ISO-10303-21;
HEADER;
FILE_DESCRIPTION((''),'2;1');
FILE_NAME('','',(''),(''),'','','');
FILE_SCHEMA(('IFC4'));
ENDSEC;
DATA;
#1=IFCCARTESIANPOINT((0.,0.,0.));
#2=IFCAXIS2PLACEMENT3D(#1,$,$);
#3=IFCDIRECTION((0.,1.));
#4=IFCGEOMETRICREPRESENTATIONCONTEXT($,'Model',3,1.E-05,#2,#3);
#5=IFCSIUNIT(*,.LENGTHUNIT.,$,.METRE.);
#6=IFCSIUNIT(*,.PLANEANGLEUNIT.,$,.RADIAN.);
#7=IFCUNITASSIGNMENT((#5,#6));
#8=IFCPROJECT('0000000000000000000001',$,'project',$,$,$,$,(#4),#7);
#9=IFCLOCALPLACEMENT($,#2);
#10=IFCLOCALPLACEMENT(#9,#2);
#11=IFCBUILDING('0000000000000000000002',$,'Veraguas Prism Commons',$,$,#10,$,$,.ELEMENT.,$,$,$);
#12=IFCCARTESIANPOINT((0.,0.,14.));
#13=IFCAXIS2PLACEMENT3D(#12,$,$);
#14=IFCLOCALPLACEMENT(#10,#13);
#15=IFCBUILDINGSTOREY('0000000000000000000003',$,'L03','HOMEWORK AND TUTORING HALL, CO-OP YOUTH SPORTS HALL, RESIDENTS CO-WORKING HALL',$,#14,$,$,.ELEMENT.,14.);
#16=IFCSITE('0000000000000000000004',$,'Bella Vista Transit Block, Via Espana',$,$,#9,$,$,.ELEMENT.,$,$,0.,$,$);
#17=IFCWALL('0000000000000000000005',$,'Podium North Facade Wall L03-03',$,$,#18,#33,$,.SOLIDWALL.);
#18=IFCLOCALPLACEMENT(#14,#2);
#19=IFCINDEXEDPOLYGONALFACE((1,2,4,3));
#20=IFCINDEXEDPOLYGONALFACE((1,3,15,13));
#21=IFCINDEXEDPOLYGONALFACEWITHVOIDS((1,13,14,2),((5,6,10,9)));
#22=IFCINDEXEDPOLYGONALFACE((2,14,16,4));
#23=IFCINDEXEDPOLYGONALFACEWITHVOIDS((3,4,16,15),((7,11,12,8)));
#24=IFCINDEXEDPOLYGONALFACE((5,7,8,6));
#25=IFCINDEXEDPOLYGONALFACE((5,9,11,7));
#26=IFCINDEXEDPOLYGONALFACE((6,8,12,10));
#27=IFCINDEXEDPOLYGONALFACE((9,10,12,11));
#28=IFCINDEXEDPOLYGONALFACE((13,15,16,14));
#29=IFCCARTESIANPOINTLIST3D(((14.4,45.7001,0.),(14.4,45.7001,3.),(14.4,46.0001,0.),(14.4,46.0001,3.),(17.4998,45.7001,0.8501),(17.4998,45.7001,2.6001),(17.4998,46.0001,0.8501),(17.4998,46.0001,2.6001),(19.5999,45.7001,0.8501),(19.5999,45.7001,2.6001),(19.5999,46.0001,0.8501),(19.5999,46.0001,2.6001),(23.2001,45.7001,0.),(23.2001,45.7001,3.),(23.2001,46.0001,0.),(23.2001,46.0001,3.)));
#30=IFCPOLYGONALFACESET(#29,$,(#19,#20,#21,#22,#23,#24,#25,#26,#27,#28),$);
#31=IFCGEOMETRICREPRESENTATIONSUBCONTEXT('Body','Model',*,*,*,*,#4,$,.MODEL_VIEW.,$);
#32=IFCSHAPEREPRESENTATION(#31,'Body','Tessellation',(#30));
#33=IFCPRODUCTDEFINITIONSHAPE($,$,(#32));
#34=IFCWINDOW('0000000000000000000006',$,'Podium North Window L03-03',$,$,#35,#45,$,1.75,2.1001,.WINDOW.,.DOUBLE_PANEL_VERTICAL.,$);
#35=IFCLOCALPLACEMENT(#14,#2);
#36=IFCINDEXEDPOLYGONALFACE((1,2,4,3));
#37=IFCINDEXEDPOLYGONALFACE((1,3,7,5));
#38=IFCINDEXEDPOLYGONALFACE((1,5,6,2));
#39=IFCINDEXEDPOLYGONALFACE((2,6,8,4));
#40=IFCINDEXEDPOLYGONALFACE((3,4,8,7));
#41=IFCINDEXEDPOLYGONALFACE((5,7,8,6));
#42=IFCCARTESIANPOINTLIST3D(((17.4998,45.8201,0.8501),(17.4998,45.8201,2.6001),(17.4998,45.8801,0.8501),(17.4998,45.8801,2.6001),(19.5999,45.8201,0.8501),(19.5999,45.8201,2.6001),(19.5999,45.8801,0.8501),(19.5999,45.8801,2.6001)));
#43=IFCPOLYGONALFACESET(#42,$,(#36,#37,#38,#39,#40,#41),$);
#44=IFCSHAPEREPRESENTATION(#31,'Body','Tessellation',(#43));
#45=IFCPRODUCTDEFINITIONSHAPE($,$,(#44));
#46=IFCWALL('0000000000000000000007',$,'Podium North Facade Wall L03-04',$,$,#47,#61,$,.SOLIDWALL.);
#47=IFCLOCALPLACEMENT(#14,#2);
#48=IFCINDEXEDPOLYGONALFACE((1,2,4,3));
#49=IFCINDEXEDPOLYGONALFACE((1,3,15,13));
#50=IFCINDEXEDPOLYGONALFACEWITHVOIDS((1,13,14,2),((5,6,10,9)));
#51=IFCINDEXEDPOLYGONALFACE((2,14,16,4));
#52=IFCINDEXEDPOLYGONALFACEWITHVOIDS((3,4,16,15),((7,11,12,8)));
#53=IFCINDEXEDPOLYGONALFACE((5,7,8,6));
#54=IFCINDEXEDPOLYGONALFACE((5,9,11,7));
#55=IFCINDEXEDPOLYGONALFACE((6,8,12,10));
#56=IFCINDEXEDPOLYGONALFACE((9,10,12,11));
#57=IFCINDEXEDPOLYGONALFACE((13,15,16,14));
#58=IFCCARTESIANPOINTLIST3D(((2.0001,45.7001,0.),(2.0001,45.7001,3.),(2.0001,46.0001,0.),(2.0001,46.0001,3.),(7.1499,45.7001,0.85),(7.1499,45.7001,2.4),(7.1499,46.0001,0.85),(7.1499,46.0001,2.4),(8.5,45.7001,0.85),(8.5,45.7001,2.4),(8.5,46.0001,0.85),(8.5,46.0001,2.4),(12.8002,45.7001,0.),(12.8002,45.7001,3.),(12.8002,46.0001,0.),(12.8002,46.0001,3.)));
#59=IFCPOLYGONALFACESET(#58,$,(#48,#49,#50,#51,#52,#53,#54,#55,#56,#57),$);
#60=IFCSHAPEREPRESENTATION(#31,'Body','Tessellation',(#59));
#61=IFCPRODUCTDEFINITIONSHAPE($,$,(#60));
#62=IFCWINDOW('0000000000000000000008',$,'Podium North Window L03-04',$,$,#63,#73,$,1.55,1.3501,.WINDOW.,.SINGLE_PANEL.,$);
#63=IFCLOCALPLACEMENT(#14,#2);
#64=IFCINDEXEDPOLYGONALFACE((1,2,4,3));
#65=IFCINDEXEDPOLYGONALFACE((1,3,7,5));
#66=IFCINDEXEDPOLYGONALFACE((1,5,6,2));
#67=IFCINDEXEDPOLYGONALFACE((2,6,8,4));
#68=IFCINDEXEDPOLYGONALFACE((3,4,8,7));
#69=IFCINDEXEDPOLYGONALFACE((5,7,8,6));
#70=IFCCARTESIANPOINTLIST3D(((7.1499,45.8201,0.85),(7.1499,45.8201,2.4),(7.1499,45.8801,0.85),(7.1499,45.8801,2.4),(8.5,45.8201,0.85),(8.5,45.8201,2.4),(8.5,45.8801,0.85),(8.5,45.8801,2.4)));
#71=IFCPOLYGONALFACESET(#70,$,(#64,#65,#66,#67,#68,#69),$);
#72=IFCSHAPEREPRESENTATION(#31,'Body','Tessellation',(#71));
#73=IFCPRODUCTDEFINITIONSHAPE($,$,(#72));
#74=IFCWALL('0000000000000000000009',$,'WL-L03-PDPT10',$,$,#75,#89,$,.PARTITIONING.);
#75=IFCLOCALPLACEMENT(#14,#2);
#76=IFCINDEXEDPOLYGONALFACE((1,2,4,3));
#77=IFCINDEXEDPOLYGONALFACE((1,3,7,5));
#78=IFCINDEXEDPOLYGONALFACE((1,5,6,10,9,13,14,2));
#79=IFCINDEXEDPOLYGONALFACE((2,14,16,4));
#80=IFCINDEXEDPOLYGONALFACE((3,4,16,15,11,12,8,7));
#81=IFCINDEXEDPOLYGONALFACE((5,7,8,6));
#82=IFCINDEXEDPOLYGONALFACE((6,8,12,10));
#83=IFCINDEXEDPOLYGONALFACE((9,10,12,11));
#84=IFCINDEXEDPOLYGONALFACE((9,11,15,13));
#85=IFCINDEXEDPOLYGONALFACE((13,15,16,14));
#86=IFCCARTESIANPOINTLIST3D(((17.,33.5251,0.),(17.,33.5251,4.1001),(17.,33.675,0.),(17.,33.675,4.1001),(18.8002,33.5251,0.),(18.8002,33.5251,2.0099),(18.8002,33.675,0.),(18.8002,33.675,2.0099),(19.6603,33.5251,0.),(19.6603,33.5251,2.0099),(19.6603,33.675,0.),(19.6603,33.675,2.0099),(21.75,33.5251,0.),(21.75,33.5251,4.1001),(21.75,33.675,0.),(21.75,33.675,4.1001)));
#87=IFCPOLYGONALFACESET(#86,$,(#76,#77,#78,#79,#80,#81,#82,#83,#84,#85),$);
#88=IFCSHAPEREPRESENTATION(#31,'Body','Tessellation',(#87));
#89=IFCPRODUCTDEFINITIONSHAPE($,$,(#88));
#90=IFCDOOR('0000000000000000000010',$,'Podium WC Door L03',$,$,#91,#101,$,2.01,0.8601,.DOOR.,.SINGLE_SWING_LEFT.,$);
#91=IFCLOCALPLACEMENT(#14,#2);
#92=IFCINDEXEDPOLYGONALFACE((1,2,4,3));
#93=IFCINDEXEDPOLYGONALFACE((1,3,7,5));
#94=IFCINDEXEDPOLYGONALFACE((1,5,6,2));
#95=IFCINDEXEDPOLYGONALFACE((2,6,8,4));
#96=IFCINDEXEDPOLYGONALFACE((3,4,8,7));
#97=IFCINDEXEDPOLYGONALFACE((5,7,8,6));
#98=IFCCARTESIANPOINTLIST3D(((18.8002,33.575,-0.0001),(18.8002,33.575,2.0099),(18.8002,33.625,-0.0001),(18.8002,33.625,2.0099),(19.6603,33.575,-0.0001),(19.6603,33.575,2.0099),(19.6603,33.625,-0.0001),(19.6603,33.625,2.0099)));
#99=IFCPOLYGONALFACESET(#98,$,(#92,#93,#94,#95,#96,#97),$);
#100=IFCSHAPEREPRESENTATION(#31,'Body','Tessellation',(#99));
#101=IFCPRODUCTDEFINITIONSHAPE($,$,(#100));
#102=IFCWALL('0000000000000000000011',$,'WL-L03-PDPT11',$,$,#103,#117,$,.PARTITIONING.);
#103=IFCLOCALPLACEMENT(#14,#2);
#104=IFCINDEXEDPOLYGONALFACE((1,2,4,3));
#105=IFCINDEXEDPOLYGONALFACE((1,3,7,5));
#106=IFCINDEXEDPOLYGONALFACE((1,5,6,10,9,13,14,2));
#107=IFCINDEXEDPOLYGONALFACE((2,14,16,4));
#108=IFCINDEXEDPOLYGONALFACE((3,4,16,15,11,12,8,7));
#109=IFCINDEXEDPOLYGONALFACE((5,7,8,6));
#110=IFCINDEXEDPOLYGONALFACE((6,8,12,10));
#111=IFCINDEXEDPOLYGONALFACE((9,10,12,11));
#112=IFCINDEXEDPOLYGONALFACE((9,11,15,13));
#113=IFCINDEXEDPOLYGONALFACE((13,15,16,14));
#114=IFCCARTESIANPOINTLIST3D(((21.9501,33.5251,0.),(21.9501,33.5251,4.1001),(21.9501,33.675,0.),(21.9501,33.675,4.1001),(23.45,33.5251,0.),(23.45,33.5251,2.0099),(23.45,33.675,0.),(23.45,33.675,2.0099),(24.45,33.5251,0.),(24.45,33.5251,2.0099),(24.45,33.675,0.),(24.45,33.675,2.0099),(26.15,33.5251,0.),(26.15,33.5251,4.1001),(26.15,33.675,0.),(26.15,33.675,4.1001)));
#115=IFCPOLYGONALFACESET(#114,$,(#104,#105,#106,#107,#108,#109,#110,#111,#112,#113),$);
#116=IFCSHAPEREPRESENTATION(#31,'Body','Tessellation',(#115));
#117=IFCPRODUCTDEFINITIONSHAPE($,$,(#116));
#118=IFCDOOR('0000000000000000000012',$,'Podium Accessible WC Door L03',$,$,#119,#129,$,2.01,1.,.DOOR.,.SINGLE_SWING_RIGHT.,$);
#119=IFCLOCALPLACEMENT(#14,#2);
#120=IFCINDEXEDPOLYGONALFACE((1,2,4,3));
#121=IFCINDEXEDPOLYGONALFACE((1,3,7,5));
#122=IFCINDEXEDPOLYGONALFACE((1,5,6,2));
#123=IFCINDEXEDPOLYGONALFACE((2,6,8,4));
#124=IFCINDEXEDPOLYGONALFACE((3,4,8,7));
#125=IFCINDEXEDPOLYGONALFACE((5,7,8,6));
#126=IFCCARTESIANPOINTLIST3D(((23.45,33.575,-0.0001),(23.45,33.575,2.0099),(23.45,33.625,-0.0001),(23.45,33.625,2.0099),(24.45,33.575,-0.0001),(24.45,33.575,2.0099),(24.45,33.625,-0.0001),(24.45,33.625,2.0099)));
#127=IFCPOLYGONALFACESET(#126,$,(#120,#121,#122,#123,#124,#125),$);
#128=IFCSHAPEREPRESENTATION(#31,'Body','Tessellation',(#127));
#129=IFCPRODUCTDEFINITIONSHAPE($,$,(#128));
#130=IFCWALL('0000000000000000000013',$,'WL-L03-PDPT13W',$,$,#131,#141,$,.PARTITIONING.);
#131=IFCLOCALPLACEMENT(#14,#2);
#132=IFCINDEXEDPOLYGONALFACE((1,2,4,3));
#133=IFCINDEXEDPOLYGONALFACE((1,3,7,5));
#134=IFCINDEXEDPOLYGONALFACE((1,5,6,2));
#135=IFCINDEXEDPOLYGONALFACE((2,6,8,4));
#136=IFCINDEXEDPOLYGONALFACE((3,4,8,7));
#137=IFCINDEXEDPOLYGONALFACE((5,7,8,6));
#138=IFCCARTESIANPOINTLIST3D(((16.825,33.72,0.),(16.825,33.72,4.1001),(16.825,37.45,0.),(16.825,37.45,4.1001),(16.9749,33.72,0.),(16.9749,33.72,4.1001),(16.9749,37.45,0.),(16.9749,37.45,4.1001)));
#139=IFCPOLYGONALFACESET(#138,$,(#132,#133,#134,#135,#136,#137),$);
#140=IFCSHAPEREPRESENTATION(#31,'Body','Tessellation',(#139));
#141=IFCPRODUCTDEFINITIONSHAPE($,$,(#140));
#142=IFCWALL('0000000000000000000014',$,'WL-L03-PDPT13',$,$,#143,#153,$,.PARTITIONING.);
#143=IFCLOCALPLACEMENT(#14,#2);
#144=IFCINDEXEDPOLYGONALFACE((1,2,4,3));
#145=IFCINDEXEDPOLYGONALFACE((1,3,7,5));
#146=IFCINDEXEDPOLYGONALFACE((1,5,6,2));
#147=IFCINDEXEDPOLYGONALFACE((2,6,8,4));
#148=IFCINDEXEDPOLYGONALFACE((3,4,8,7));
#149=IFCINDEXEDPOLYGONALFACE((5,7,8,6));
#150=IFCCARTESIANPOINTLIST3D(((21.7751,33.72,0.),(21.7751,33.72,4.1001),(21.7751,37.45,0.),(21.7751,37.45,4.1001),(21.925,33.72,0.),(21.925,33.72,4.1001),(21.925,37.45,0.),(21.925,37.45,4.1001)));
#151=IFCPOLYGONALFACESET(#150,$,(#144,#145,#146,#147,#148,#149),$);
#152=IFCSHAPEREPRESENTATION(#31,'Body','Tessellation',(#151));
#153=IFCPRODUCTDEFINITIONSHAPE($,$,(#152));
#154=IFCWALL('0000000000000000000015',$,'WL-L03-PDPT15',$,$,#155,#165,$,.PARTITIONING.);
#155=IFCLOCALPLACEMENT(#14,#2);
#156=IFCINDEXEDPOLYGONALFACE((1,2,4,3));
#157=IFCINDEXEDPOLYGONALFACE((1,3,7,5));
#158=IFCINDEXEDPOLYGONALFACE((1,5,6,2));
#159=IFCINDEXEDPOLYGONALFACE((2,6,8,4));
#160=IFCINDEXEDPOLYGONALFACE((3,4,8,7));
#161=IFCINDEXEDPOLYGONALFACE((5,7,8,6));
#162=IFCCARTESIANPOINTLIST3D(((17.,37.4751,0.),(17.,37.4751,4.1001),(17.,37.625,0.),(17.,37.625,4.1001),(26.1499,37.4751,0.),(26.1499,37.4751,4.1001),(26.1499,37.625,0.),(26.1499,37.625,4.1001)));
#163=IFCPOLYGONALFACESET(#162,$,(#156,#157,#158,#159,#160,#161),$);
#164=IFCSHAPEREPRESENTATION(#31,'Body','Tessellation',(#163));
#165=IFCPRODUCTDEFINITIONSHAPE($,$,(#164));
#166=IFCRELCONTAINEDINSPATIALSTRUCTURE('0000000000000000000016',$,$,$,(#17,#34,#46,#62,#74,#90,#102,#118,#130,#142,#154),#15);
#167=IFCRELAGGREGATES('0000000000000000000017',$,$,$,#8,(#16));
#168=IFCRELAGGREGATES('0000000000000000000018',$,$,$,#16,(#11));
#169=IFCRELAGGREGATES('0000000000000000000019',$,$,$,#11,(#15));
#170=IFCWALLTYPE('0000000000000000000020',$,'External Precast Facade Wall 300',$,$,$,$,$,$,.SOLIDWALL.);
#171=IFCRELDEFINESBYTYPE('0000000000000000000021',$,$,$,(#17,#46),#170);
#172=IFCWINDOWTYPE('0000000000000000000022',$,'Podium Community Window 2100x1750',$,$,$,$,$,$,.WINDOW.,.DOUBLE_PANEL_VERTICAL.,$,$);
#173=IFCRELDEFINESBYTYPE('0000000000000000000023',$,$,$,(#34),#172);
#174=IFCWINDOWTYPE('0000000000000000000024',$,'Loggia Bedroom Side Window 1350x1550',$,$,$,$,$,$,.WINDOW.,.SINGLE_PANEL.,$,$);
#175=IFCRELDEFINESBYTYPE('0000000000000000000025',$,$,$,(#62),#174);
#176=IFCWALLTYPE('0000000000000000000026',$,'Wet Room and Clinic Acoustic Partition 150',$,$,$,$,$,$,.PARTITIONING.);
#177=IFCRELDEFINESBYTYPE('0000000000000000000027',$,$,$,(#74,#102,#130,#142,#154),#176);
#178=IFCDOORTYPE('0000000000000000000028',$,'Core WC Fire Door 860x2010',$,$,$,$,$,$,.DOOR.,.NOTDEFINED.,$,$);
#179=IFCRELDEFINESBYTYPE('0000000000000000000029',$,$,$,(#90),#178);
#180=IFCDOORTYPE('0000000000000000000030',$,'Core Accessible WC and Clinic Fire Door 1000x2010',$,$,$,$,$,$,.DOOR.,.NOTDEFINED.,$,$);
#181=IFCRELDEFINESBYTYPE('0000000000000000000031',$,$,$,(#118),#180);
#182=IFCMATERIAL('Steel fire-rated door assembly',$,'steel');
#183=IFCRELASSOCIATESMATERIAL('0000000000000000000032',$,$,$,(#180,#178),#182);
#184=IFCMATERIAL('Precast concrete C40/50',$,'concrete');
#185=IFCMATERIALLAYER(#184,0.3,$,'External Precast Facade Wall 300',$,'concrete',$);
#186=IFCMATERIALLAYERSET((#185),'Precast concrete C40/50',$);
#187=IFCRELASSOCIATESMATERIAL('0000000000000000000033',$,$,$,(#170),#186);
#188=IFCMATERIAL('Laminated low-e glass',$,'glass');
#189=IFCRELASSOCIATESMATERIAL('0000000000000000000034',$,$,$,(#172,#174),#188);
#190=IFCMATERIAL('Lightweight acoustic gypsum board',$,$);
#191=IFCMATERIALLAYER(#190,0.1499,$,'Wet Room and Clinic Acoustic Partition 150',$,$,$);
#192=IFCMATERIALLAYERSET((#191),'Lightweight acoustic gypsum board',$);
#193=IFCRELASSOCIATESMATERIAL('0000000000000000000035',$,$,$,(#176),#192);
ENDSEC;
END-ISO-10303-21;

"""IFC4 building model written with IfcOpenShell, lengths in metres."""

from ifc_helpers import new_model, si_unit, direction, frame, frame_2d, origin, place, context, subcontext, project, spatial, rectangle, extrude, source, transform, mapped, material, layer, layer_set, type_object, element, fill, save


model = new_model("IFC4")

# Units and contexts
model_context = context("Model", 3, precision=1e-05, world=origin(), true_north=direction((0.0, 1.0)))
body_context = subcontext(model_context, "Body", "Model", "MODEL_VIEW")
ifc_project = project(units=[si_unit("LENGTHUNIT", "METRE"), si_unit("PLANEANGLEUNIT", "RADIAN")], contexts=[model_context])

# Site, building, storey
site_placement = place(None, origin())
site = spatial("IfcSite", under=ifc_project, at=site_placement, Name="Bella Vista Transit Block, Via Espana", CompositionType="ELEMENT", RefElevation=0.0)
building_placement = place(site_placement, origin())
building = spatial("IfcBuilding", under=site, at=building_placement, Name="Veraguas Prism Commons", CompositionType="ELEMENT")
storey_placement = place(building_placement, frame((0.0, 0.0, 14.0)))
storey = spatial("IfcBuildingStorey", under=building, at=storey_placement, Name="L03", Description="HOMEWORK AND TUTORING HALL, CO-OP YOUTH SPORTS HALL, RESIDENTS CO-WORKING HALL", CompositionType="ELEMENT", Elevation=14.0)

# Shared definitions
ifc_material_1 = material(Name="Steel fire-rated door assembly", Category="steel")
door_type_1 = type_object("IfcDoorType", Name="Core Accessible WC and Clinic Fire Door 1000x2010", OperationType="NOTDEFINED", PredefinedType="DOOR", material=ifc_material_1)
shared_shape_1 = source(origin(), body_context, "Body", "SweptSolid", [
    extrude(rectangle(XDim=1.0, YDim=2.01, at=frame_2d((0.5, 1.0049))), frame((0.0, 0.0249, 0.0), z_axis=(0.0, -1.0, 0.0), x_axis=(1.0, 0.0, 0.0)), (0.0, 0.0, 1.0), 0.05),
])

# Walls, openings, windows
ifc_material_2 = material(Name="Precast concrete C40/50", Category="concrete")
ifc_layer_1 = layer(ifc_material_2, 0.3, Name="External Precast Facade Wall 300", Category="concrete")
ifc_layer_set_1 = layer_set([ifc_layer_1], Name="Precast concrete C40/50")
wall_type_1 = type_object("IfcWallType", Name="External Precast Facade Wall 300", PredefinedType="SOLIDWALL", material=ifc_layer_set_1)
wall_1_placement = place(storey_placement, frame((23.2, 45.8501, 0.0), z_axis=(0.0, 0.0, 1.0), x_axis=(-1.0, 0.0, 0.0)))
wall_1 = element("IfcWall", 1, at=wall_1_placement, inside=storey, type_object=wall_type_1, Name="Podium North Facade Wall L03-03", PredefinedType="SOLIDWALL", context=body_context, shape_type="SweptSolid", body=[
    extrude(rectangle(XDim=8.8, YDim=0.3, at=frame_2d((4.3999, 0.0))), origin(), (0.0, 0.0, 1.0), 3.0),
])
opening_1_placement = place(wall_1_placement, frame((3.6001, 0.0, 0.8501)))
opening_1 = element("IfcOpeningElement", 2, at=opening_1_placement, cuts=wall_1, PredefinedType="OPENING", context=body_context, shape_type="SweptSolid", body=[
    extrude(rectangle(XDim=2.1001, YDim=1.75, at=frame_2d((1.05, 0.875))), frame((0.0, 0.1599, 0.0), z_axis=(0.0, -1.0, 0.0), x_axis=(1.0, 0.0, 0.0)), (0.0, 0.0, 1.0), 0.3201),
])
ifc_material_3 = material(Name="Laminated low-e glass", Category="glass")
window_type_1 = type_object("IfcWindowType", Name="Podium Community Window 2100x1750", PartitioningType="DOUBLE_PANEL_VERTICAL", PredefinedType="WINDOW", material=ifc_material_3)
shared_shape_2 = source(origin(), body_context, "Body", "SweptSolid", [
    extrude(rectangle(XDim=2.1001, YDim=1.75, at=frame_2d((1.05, 0.875))), frame((0.0, 0.03, 0.0), z_axis=(0.0, -1.0, 0.0), x_axis=(1.0, 0.0, 0.0)), (0.0, 0.0, 1.0), 0.0601),
])
window_1_placement = place(opening_1_placement, origin())
window_1 = element("IfcWindow", 3, at=window_1_placement, inside=storey, type_object=window_type_1, Name="Podium North Window L03-03", OverallHeight=1.75, OverallWidth=2.1001, PartitioningType="DOUBLE_PANEL_VERTICAL", PredefinedType="WINDOW", context=body_context, shape_type="MappedRepresentation", body=[
    mapped(shared_shape_2, transform((0.0, 0.0, 0.0), scale=1.0)),
])
fill(opening_1, window_1)
wall_2_placement = place(storey_placement, frame((12.8, 45.8501, 0.0), z_axis=(0.0, 0.0, 1.0), x_axis=(-1.0, 0.0, 0.0)))
wall_2 = element("IfcWall", 4, at=wall_2_placement, inside=storey, type_object=wall_type_1, Name="Podium North Facade Wall L03-04", PredefinedType="SOLIDWALL", context=body_context, shape_type="SweptSolid", body=[
    extrude(rectangle(XDim=10.8, YDim=0.3, at=frame_2d((5.3999, 0.0))), origin(), (0.0, 0.0, 1.0), 3.0),
])
opening_2_placement = place(wall_2_placement, frame((4.3, 0.0, 0.8501)))
opening_2 = element("IfcOpeningElement", 5, at=opening_2_placement, cuts=wall_2, PredefinedType="OPENING", context=body_context, shape_type="SweptSolid", body=[
    extrude(rectangle(XDim=1.3501, YDim=1.55, at=frame_2d((0.675, 0.7749))), frame((0.0, 0.1599, 0.0), z_axis=(0.0, -1.0, 0.0), x_axis=(1.0, 0.0, 0.0)), (0.0, 0.0, 1.0), 0.3201),
])
window_type_2 = type_object("IfcWindowType", Name="Loggia Bedroom Side Window 1350x1550", PartitioningType="SINGLE_PANEL", PredefinedType="WINDOW", material=ifc_material_3)
shared_shape_3 = source(origin(), body_context, "Body", "SweptSolid", [
    extrude(rectangle(XDim=1.3501, YDim=1.55, at=frame_2d((0.675, 0.7749))), frame((0.0, 0.03, 0.0), z_axis=(0.0, -1.0, 0.0), x_axis=(1.0, 0.0, 0.0)), (0.0, 0.0, 1.0), 0.0601),
])
window_2_placement = place(opening_2_placement, origin())
window_2 = element("IfcWindow", 6, at=window_2_placement, inside=storey, type_object=window_type_2, Name="Podium North Window L03-04", OverallHeight=1.55, OverallWidth=1.3501, PartitioningType="SINGLE_PANEL", PredefinedType="WINDOW", context=body_context, shape_type="MappedRepresentation", body=[
    mapped(shared_shape_3, transform((0.0, 0.0, 0.0), scale=1.0)),
])
fill(opening_2, window_2)

# Walls, openings, doors
ifc_material_4 = material(Name="Lightweight acoustic gypsum board")
ifc_layer_2 = layer(ifc_material_4, 0.1499, Name="Wet Room and Clinic Acoustic Partition 150")
ifc_layer_set_2 = layer_set([ifc_layer_2], Name="Lightweight acoustic gypsum board")
wall_type_2 = type_object("IfcWallType", Name="Wet Room and Clinic Acoustic Partition 150", PredefinedType="PARTITIONING", material=ifc_layer_set_2)
wall_3_placement = place(storey_placement, frame((17.0, 33.6001, 0.0), z_axis=(0.0, 0.0, 1.0), x_axis=(1.0, 0.0, 0.0)))
wall_3 = element("IfcWall", 7, at=wall_3_placement, inside=storey, type_object=wall_type_2, Name="WL-L03-PDPT10", PredefinedType="PARTITIONING", context=body_context, shape_type="SweptSolid", body=[
    extrude(rectangle(XDim=4.75, YDim=0.1499, at=frame_2d((2.375, 0.0))), origin(), (0.0, 0.0, 1.0), 4.1001),
])
opening_3_placement = place(wall_3_placement, frame((1.8, 0.0, 0.0)))
opening_3 = element("IfcOpeningElement", 8, at=opening_3_placement, cuts=wall_3, PredefinedType="OPENING", context=body_context, shape_type="SweptSolid", body=[
    extrude(rectangle(XDim=0.8601, YDim=2.01, at=frame_2d((0.4302, 1.0049))), frame((0.0, 0.085, 0.0), z_axis=(0.0, -1.0, 0.0), x_axis=(1.0, 0.0, 0.0)), (0.0, 0.0, 1.0), 0.1699),
])
door_type_2 = type_object("IfcDoorType", Name="Core WC Fire Door 860x2010", OperationType="NOTDEFINED", PredefinedType="DOOR", material=ifc_material_1)
shared_shape_4 = source(origin(), body_context, "Body", "SweptSolid", [
    extrude(rectangle(XDim=0.8601, YDim=2.01, at=frame_2d((0.4302, 1.0049))), frame((0.0, 0.0249, 0.0), z_axis=(0.0, -1.0, 0.0), x_axis=(1.0, 0.0, 0.0)), (0.0, 0.0, 1.0), 0.05),
])
door_1_placement = place(opening_3_placement, origin())
door_1 = element("IfcDoor", 9, at=door_1_placement, inside=storey, type_object=door_type_2, Name="Podium WC Door L03", OperationType="SINGLE_SWING_LEFT", OverallHeight=2.01, OverallWidth=0.8601, PredefinedType="DOOR", context=body_context, shape_type="MappedRepresentation", body=[
    mapped(shared_shape_4, transform((0.0, 0.0, 0.0), scale=1.0)),
])
fill(opening_3, door_1)
wall_4_placement = place(storey_placement, frame((21.95, 33.6001, 0.0), z_axis=(0.0, 0.0, 1.0), x_axis=(1.0, 0.0, 0.0)))
wall_4 = element("IfcWall", 10, at=wall_4_placement, inside=storey, type_object=wall_type_2, Name="WL-L03-PDPT11", PredefinedType="PARTITIONING", context=body_context, shape_type="SweptSolid", body=[
    extrude(rectangle(XDim=4.2, YDim=0.1499, at=frame_2d((2.1001, 0.0))), origin(), (0.0, 0.0, 1.0), 4.1001),
])
opening_4_placement = place(wall_4_placement, frame((1.5, 0.0, 0.0)))
opening_4 = element("IfcOpeningElement", 11, at=opening_4_placement, cuts=wall_4, PredefinedType="OPENING", context=body_context, shape_type="SweptSolid", body=[
    extrude(rectangle(XDim=1.0, YDim=2.01, at=frame_2d((0.5, 1.0049))), frame((0.0, 0.085, 0.0), z_axis=(0.0, -1.0, 0.0), x_axis=(1.0, 0.0, 0.0)), (0.0, 0.0, 1.0), 0.1699),
])
door_2_placement = place(opening_4_placement, origin())
door_2 = element("IfcDoor", 12, at=door_2_placement, inside=storey, type_object=door_type_1, Name="Podium Accessible WC Door L03", OperationType="SINGLE_SWING_RIGHT", OverallHeight=2.01, OverallWidth=1.0, PredefinedType="DOOR", context=body_context, shape_type="MappedRepresentation", body=[
    mapped(shared_shape_1, transform((0.0, 0.0, 0.0), scale=1.0)),
])
fill(opening_4, door_2)

# Walls
for number, where, z_axis, x_axis, name in (
    (13, (16.8999, 33.72, 0.0), (0.0, 0.0, 1.0), (0.0, 1.0, 0.0), "WL-L03-PDPT13W"),
    (14, (21.8501, 33.72, 0.0), (0.0, 0.0, 1.0), (0.0, 1.0, 0.0), "WL-L03-PDPT13"),
):
    element("IfcWall", number, at=place(storey_placement, frame(where, z_axis=z_axis, x_axis=x_axis)), inside=storey, type_object=wall_type_2, Name=name, PredefinedType="PARTITIONING", context=body_context, shape_type="SweptSolid", body=[
        extrude(rectangle(XDim=3.73, YDim=0.1499, at=frame_2d((1.865, 0.0))), origin(), (0.0, 0.0, 1.0), 4.1001),
    ])
wall_5_placement = place(storey_placement, frame((17.0, 37.55, 0.0), z_axis=(0.0, 0.0, 1.0), x_axis=(1.0, 0.0, 0.0)))
element("IfcWall", 15, at=wall_5_placement, inside=storey, type_object=wall_type_2, Name="WL-L03-PDPT15", PredefinedType="PARTITIONING", context=body_context, shape_type="SweptSolid", body=[
    extrude(rectangle(XDim=9.1499, YDim=0.1499, at=frame_2d((4.575, 0.0))), origin(), (0.0, 0.0, 1.0), 4.1001),
])

save(model, "model.ifc")
